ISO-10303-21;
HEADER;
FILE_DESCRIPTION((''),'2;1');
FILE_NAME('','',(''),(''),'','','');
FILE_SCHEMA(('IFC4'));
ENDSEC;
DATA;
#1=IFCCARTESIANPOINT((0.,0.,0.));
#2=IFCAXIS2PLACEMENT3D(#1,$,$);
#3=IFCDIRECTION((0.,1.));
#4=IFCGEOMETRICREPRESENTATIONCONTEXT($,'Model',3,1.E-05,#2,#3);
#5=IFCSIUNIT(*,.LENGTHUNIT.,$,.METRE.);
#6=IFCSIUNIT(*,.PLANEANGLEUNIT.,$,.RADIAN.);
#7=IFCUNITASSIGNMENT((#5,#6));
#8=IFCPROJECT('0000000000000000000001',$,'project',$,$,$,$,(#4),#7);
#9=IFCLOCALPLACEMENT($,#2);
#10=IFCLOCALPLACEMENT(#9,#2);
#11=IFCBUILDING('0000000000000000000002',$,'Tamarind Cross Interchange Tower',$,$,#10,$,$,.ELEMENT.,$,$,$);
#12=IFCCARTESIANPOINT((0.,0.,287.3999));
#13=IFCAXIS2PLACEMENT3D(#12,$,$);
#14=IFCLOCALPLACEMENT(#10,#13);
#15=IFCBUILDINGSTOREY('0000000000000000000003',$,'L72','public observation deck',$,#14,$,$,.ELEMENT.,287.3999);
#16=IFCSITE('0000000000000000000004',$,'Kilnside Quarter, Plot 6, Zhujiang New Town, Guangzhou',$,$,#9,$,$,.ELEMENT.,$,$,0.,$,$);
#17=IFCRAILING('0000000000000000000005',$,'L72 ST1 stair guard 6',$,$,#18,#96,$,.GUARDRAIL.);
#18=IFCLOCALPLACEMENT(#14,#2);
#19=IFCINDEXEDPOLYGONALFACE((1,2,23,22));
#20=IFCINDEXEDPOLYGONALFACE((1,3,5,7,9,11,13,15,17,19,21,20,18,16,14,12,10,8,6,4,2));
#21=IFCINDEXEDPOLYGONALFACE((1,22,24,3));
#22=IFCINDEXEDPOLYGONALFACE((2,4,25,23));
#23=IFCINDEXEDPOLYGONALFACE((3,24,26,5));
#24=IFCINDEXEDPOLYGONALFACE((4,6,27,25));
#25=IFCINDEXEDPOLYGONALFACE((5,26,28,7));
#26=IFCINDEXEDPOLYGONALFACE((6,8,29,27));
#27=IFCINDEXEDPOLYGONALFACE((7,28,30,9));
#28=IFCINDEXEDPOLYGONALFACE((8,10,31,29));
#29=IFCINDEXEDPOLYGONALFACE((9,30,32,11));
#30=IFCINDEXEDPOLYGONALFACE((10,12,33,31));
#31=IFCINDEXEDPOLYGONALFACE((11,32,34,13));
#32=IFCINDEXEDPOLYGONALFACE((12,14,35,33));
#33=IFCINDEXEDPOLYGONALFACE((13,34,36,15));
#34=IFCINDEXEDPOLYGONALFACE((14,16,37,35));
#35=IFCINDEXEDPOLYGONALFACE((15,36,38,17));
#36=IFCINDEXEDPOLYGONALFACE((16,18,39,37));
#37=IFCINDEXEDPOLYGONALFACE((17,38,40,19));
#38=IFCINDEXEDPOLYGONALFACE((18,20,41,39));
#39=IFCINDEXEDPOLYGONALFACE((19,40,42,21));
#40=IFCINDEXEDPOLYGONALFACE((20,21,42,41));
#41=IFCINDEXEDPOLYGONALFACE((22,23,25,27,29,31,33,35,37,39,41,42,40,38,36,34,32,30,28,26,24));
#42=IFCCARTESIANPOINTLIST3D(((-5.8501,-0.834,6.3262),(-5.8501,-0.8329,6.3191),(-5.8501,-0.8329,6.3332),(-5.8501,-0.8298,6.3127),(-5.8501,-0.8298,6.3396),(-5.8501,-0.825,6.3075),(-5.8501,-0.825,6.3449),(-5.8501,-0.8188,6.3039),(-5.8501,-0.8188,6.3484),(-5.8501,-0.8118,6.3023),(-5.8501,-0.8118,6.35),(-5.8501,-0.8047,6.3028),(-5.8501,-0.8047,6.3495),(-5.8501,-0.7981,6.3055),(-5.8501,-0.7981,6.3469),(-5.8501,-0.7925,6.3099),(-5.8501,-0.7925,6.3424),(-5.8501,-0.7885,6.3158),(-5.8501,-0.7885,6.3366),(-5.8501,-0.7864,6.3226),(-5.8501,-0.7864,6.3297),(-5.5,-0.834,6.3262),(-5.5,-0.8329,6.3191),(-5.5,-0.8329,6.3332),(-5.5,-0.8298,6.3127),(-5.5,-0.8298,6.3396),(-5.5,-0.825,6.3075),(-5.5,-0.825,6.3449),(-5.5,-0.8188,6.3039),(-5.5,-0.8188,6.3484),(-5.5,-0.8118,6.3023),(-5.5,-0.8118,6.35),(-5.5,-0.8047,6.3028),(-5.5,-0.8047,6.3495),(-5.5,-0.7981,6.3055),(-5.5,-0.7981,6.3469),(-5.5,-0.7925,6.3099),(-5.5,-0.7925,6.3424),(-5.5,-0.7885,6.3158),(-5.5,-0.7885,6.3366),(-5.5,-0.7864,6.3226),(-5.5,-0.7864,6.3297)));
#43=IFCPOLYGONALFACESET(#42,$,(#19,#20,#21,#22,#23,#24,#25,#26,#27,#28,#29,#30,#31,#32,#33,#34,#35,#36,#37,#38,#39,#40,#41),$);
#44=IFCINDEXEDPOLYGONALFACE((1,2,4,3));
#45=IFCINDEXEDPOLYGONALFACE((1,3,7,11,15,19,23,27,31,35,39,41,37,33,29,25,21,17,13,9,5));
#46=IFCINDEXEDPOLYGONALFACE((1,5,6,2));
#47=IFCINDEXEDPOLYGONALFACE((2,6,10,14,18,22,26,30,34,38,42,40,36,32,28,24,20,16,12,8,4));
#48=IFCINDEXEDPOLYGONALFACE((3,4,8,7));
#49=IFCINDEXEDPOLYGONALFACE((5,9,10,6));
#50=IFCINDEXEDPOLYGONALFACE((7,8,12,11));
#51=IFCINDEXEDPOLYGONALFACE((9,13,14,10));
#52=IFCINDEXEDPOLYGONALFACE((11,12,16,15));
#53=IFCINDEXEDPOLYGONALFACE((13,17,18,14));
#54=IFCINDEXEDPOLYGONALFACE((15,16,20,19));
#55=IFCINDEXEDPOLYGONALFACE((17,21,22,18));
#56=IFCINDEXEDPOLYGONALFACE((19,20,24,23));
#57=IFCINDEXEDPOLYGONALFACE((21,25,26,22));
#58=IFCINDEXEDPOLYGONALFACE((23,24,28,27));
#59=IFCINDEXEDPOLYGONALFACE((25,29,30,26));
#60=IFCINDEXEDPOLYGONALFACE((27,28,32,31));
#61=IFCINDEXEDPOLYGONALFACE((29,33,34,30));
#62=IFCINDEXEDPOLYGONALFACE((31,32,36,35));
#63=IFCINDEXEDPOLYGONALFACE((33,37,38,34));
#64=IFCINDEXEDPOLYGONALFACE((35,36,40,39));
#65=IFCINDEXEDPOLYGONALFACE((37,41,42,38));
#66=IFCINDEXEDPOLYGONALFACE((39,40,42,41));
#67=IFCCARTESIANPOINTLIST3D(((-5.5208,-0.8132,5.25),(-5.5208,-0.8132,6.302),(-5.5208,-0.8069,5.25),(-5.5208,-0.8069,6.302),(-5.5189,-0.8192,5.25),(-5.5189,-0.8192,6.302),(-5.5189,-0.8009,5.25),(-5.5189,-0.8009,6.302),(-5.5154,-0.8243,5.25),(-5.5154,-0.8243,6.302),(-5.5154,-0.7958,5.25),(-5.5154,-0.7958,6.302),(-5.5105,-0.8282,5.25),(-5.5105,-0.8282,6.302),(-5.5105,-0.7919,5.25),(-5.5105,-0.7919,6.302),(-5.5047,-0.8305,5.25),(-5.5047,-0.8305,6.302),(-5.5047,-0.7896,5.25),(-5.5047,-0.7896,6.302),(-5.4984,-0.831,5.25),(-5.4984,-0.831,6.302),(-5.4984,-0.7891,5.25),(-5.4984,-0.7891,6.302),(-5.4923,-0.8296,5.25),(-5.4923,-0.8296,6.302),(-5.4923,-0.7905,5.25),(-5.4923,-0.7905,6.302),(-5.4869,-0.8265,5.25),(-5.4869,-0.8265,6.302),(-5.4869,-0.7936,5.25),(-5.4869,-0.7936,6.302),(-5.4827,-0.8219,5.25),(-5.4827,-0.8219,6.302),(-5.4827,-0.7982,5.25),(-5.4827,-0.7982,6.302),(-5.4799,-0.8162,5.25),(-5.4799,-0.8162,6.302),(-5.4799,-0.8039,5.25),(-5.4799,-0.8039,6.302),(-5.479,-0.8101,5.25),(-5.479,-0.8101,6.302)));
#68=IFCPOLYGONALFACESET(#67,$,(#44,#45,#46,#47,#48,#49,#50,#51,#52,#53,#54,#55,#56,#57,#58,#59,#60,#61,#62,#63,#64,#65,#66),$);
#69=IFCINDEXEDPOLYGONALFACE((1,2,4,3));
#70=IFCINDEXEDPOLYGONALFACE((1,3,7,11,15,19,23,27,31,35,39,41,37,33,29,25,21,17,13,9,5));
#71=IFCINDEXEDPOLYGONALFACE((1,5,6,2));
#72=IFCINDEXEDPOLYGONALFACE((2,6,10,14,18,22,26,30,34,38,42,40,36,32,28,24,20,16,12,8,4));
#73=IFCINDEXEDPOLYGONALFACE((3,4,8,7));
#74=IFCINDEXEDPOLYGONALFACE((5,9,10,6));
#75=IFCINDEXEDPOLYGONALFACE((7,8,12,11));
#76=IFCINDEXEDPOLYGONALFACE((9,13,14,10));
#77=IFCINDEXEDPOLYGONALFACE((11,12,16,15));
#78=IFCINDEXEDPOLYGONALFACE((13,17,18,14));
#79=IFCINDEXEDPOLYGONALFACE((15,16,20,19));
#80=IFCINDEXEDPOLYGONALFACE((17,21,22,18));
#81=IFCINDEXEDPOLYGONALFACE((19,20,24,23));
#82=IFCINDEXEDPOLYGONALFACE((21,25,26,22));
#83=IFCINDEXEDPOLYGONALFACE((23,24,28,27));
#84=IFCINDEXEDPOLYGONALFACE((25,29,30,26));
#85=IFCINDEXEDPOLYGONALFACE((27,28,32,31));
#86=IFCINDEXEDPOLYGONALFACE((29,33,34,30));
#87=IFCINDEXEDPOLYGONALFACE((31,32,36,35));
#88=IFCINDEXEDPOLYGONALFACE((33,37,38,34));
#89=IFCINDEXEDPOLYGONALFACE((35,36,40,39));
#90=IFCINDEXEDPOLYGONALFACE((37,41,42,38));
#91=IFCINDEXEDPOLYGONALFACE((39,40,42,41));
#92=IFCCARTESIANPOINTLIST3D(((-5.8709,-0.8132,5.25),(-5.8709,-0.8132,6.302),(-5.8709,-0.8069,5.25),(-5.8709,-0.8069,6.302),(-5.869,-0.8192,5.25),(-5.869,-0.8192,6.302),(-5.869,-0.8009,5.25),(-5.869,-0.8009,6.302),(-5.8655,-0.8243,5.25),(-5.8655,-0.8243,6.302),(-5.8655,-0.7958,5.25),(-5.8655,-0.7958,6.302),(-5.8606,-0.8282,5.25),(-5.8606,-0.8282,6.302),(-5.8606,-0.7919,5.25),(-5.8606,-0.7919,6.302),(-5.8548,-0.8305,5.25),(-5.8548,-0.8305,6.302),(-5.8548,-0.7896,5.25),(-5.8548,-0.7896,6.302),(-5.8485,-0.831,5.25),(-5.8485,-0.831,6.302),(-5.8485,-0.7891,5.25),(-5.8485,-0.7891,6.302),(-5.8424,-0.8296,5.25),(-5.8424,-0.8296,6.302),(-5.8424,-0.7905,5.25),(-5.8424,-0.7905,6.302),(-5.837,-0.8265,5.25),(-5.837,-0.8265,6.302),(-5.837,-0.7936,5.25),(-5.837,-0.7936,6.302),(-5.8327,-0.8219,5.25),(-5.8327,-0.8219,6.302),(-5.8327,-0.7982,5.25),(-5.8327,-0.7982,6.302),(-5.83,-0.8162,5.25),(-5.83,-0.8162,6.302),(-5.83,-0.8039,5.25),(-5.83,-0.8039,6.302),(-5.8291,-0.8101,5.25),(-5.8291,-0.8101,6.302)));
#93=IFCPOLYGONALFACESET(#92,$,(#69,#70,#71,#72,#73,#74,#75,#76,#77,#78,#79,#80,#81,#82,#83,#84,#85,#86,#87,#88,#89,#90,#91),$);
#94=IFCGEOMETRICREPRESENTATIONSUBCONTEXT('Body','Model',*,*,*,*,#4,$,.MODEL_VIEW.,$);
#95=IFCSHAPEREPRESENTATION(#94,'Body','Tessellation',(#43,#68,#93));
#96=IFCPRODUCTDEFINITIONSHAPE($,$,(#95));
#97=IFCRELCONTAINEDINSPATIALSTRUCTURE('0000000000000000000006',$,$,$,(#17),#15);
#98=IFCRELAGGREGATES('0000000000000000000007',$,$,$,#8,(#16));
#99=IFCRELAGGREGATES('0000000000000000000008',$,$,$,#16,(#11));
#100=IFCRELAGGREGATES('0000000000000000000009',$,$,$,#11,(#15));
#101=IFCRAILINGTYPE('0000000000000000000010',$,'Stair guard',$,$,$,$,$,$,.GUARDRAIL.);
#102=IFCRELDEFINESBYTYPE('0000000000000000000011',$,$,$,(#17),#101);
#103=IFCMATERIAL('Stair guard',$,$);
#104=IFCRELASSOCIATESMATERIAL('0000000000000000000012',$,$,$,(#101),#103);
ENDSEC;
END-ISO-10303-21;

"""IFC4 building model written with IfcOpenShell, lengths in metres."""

from ifc_helpers import new_model, si_unit, direction, frame, origin, origin_2d, place, context, subcontext, project, spatial, circle, extrude, material, type_object, element, save


model = new_model("IFC4")

# Units and contexts
model_context = context("Model", 3, precision=1e-05, world=origin(), true_north=direction((0.0, 1.0)))
body_context = subcontext(model_context, "Body", "Model", "MODEL_VIEW")
ifc_project = project(units=[si_unit("LENGTHUNIT", "METRE"), si_unit("PLANEANGLEUNIT", "RADIAN")], contexts=[model_context])

# Site, building, storey
site_placement = place(None, origin())
site = spatial("IfcSite", under=ifc_project, at=site_placement, Name="Kilnside Quarter, Plot 6, Zhujiang New Town, Guangzhou", CompositionType="ELEMENT", RefElevation=0.0)
building_placement = place(site_placement, origin())
building = spatial("IfcBuilding", under=site, at=building_placement, Name="Tamarind Cross Interchange Tower", CompositionType="ELEMENT")
storey_placement = place(building_placement, frame((0.0, 0.0, 287.3999)))
storey = spatial("IfcBuildingStorey", under=building, at=storey_placement, Name="L72", Description="public observation deck", CompositionType="ELEMENT", Elevation=287.3999)

# Railing
ifc_material_1 = material(Name="Stair guard")
railing_type_1 = type_object("IfcRailingType", Name="Stair guard", PredefinedType="GUARDRAIL", material=ifc_material_1)
railing_1_placement = place(storey_placement, frame((-5.5, -0.8101, 5.25)))
element("IfcRailing", 1, at=railing_1_placement, inside=storey, type_object=railing_type_1, Name="L72 ST1 stair guard 6", PredefinedType="GUARDRAIL", context=body_context, shape_type="SweptSolid", body=[
    extrude(circle(Radius=0.0239, at=origin_2d()), frame((0.0, 0.0, 1.0762), z_axis=(-1.0, 0.0, 0.0), x_axis=(0.0, -1.0, 0.0)), (0.0, 0.0, 1.0), 0.3501),
    extrude(circle(Radius=0.021, at=origin_2d()), origin(), (0.0, 0.0, 1.0), 1.052),
    extrude(circle(Radius=0.021, at=origin_2d()), frame((-0.3501, 0.0, 0.0)), (0.0, 0.0, 1.0), 1.052),
])

save(model, "model.ifc")
